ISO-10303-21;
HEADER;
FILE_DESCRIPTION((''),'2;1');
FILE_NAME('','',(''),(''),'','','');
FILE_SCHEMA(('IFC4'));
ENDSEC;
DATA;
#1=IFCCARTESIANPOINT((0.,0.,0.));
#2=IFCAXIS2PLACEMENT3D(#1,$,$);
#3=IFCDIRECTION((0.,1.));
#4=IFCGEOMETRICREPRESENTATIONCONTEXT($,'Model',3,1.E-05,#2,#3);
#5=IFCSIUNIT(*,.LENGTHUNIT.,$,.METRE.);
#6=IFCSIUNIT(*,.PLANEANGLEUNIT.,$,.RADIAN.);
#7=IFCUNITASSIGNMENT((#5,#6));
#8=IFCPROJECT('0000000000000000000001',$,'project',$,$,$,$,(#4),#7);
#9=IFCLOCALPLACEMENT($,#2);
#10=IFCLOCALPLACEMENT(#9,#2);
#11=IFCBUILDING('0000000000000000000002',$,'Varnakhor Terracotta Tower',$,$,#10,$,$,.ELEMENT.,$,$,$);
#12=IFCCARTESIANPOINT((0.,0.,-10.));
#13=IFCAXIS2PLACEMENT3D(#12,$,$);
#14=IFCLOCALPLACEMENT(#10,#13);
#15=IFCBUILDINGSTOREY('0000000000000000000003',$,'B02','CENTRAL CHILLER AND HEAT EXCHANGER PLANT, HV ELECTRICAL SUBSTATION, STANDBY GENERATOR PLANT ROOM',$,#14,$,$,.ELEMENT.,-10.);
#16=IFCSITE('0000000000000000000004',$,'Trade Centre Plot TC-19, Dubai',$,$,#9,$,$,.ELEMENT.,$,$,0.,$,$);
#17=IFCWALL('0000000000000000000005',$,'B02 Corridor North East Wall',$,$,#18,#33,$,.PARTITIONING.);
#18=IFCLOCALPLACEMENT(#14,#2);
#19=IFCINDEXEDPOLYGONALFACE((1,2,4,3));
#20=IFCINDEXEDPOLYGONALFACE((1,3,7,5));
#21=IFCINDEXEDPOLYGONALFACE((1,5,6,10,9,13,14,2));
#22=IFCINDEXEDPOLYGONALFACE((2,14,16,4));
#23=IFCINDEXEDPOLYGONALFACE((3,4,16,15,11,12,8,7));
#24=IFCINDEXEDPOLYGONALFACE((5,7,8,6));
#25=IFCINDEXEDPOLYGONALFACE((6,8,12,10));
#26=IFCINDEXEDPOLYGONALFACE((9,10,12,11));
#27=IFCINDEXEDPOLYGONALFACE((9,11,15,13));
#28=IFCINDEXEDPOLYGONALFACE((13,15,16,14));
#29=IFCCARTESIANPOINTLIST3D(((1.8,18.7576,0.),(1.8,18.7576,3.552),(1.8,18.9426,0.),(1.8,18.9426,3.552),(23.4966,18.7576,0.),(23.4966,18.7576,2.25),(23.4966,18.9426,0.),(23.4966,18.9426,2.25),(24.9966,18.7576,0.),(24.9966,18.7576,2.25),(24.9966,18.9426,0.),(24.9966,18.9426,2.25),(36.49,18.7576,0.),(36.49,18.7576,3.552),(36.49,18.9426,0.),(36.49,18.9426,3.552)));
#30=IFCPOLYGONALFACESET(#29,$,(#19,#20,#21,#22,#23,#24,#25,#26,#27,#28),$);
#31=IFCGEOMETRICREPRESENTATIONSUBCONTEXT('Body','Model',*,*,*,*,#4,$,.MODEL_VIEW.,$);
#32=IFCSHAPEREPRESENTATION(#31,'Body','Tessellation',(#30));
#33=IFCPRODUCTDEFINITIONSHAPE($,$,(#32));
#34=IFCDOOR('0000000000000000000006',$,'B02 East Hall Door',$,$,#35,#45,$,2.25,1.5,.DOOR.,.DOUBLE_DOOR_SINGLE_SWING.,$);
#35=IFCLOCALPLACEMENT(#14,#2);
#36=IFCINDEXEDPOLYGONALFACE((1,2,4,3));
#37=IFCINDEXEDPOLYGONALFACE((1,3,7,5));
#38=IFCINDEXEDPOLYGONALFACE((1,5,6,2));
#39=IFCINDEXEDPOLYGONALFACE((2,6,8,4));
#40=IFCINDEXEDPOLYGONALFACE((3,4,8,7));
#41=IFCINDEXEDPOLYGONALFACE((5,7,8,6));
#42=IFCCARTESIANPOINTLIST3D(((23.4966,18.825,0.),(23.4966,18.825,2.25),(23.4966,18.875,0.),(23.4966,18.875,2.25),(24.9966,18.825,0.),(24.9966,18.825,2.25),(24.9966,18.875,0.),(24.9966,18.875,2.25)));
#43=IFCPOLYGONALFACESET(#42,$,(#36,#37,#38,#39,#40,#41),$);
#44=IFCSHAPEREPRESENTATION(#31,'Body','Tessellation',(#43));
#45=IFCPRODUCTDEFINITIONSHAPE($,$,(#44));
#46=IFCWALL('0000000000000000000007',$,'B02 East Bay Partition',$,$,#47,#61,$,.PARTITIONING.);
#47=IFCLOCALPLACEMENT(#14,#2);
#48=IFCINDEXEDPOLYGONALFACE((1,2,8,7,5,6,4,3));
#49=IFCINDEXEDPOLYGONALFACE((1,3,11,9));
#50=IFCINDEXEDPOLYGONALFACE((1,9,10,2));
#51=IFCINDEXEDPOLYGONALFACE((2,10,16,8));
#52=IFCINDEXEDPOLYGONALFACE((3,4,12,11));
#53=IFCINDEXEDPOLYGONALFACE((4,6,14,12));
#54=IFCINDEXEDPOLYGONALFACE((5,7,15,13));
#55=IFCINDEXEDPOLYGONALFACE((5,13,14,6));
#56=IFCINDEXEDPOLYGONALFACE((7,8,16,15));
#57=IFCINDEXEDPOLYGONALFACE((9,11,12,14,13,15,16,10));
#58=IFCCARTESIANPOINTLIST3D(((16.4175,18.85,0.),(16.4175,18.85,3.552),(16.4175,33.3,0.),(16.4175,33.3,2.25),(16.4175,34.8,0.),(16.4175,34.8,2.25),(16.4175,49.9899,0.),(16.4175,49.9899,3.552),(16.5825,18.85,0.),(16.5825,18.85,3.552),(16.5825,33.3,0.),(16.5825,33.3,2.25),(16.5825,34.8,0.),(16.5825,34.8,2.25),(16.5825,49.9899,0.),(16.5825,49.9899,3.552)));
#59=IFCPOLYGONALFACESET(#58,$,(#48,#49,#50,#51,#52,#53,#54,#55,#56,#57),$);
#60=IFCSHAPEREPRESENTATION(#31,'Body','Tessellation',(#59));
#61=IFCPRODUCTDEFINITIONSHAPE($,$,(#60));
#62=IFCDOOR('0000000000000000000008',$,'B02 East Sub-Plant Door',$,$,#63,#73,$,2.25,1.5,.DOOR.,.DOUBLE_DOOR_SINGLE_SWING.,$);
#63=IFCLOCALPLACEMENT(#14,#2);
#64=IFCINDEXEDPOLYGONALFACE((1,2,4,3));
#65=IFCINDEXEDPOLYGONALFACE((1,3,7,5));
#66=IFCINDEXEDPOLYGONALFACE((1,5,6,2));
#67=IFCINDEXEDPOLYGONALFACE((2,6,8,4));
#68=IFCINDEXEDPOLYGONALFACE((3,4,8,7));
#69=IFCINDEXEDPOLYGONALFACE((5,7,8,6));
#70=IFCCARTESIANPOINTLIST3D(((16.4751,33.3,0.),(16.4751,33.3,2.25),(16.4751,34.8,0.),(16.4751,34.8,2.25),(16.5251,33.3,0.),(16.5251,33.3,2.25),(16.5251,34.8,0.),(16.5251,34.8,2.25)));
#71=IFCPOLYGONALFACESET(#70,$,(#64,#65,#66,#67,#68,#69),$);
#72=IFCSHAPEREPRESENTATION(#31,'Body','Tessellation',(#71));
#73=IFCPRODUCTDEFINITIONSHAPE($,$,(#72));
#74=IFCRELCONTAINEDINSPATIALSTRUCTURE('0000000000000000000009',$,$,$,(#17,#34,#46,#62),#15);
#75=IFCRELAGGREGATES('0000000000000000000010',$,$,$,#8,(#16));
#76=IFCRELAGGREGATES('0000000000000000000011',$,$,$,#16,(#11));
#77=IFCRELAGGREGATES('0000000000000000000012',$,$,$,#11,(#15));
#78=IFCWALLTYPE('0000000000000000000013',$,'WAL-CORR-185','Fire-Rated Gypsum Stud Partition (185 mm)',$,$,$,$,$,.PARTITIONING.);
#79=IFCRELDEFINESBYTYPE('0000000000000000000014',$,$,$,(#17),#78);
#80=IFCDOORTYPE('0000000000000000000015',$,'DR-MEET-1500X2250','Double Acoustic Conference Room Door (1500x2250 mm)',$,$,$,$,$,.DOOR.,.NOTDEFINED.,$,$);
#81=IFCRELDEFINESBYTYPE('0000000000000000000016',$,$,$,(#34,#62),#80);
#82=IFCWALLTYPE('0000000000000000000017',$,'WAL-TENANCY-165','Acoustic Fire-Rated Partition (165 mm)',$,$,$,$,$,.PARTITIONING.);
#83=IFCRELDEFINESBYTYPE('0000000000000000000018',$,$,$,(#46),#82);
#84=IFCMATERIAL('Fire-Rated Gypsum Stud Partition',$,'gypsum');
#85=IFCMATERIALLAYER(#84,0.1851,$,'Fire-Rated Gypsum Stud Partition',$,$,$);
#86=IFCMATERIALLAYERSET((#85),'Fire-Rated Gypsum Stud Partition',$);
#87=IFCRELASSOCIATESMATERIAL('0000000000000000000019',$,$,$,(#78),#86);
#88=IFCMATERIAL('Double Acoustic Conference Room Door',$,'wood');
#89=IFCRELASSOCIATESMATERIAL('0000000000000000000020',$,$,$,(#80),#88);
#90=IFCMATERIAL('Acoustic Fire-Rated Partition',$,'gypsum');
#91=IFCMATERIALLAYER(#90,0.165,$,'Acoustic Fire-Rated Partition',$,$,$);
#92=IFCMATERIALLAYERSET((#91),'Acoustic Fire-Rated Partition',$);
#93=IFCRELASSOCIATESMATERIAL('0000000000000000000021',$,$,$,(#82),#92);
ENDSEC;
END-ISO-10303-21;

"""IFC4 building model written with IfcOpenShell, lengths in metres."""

from ifc_helpers import new_model, si_unit, direction, frame, frame_2d, origin, place, context, subcontext, project, spatial, rectangle, extrude, source, transform, mapped, material, layer, layer_set, type_object, type_shapes, element, fill, save


model = new_model("IFC4")

# Units and contexts
model_context = context("Model", 3, precision=1e-05, world=origin(), true_north=direction((0.0, 1.0)))
body_context = subcontext(model_context, "Body", "Model", "MODEL_VIEW")
ifc_project = project(units=[si_unit("LENGTHUNIT", "METRE"), si_unit("PLANEANGLEUNIT", "RADIAN")], contexts=[model_context])

# Site, building, storey
site_placement = place(None, origin())
site = spatial("IfcSite", under=ifc_project, at=site_placement, Name="Trade Centre Plot TC-19, Dubai", CompositionType="ELEMENT", RefElevation=0.0)
building_placement = place(site_placement, origin())
building = spatial("IfcBuilding", under=site, at=building_placement, Name="Varnakhor Terracotta Tower", CompositionType="ELEMENT")
storey_placement = place(building_placement, frame((0.0, 0.0, -10.0)))
storey = spatial("IfcBuildingStorey", under=building, at=storey_placement, Name="B02", Description="CENTRAL CHILLER AND HEAT EXCHANGER PLANT, HV ELECTRICAL SUBSTATION, STANDBY GENERATOR PLANT ROOM", CompositionType="ELEMENT", Elevation=-10.0)

# Walls, openings, doors
ifc_material_1 = material(Name="Fire-Rated Gypsum Stud Partition", Category="gypsum")
ifc_layer_1 = layer(ifc_material_1, 0.1851, Name="Fire-Rated Gypsum Stud Partition")
ifc_layer_set_1 = layer_set([ifc_layer_1], Name="Fire-Rated Gypsum Stud Partition")
wall_type_1 = type_object("IfcWallType", Name="WAL-CORR-185", Description="Fire-Rated Gypsum Stud Partition (185 mm)", PredefinedType="PARTITIONING", material=ifc_layer_set_1)
ifc_material_2 = material(Name="Double Acoustic Conference Room Door", Category="wood")
door_type = type_object("IfcDoorType", Name="DR-MEET-1500X2250", Description="Double Acoustic Conference Room Door (1500x2250 mm)", OperationType="NOTDEFINED", PredefinedType="DOOR", material=ifc_material_2)
shared_shape_1 = source(origin(), body_context, "Body", "SweptSolid", [
    extrude(rectangle(XDim=1.5, YDim=2.25, at=frame_2d((0.75, 1.125))), frame((0.0, 0.0249, 0.0), z_axis=(0.0, -1.0, 0.0), x_axis=(1.0, 0.0, 0.0)), (0.0, 0.0, 1.0), 0.05),
])
type_shapes(door_type, [shared_shape_1])
wall_1_placement = place(storey_placement, frame((1.8, 18.8501, 0.0), z_axis=(0.0, 0.0, 1.0), x_axis=(1.0, 0.0, 0.0)))
wall_1 = element("IfcWall", 1, at=wall_1_placement, inside=storey, type_object=wall_type_1, Name="B02 Corridor North East Wall", PredefinedType="PARTITIONING", context=body_context, shape_type="SweptSolid", body=[
    extrude(rectangle(XDim=34.6899, YDim=0.1851, at=frame_2d((17.345, 0.0))), origin(), (0.0, 0.0, 1.0), 3.552),
])
opening_1_placement = place(wall_1_placement, frame((21.6965, 0.0, 0.0)))
opening_1 = element("IfcOpeningElement", 2, at=opening_1_placement, cuts=wall_1, PredefinedType="OPENING", context=body_context, shape_type="SweptSolid", body=[
    extrude(rectangle(XDim=1.5, YDim=2.25, at=frame_2d((0.75, 1.125))), frame((0.0, 0.1025, 0.0), z_axis=(0.0, -1.0, 0.0), x_axis=(1.0, 0.0, 0.0)), (0.0, 0.0, 1.0), 0.2051),
])
door_1_placement = place(opening_1_placement, origin())
door_1 = element("IfcDoor", 3, at=door_1_placement, inside=storey, type_object=door_type, Name="B02 East Hall Door", OperationType="DOUBLE_DOOR_SINGLE_SWING", OverallHeight=2.25, OverallWidth=1.5, PredefinedType="DOOR", context=body_context, shape_type="MappedRepresentation", body=[
    mapped(shared_shape_1, transform((0.0, 0.0, 0.0), scale=1.0)),
])
fill(opening_1, door_1)
ifc_material_3 = material(Name="Acoustic Fire-Rated Partition", Category="gypsum")
ifc_layer_2 = layer(ifc_material_3, 0.165, Name="Acoustic Fire-Rated Partition")
ifc_layer_set_2 = layer_set([ifc_layer_2], Name="Acoustic Fire-Rated Partition")
wall_type_2 = type_object("IfcWallType", Name="WAL-TENANCY-165", Description="Acoustic Fire-Rated Partition (165 mm)", PredefinedType="PARTITIONING", material=ifc_layer_set_2)
wall_2_placement = place(storey_placement, frame((16.5, 18.8501, 0.0), z_axis=(0.0, 0.0, 1.0), x_axis=(0.0, 1.0, 0.0)))
wall_2 = element("IfcWall", 4, at=wall_2_placement, inside=storey, type_object=wall_type_2, Name="B02 East Bay Partition", PredefinedType="PARTITIONING", context=body_context, shape_type="SweptSolid", body=[
    extrude(rectangle(XDim=31.1399, YDim=0.165, at=frame_2d((15.5698, 0.0))), origin(), (0.0, 0.0, 1.0), 3.552),
])
opening_2_placement = place(wall_2_placement, frame((14.45, 0.0, 0.0)))
opening_2 = element("IfcOpeningElement", 5, at=opening_2_placement, cuts=wall_2, PredefinedType="OPENING", context=body_context, shape_type="SweptSolid", body=[
    extrude(rectangle(XDim=1.5, YDim=2.25, at=frame_2d((0.75, 1.125))), frame((0.0, 0.0925, 0.0), z_axis=(0.0, -1.0, 0.0), x_axis=(1.0, 0.0, 0.0)), (0.0, 0.0, 1.0), 0.1851),
])
door_2_placement = place(opening_2_placement, origin())
door_2 = element("IfcDoor", 6, at=door_2_placement, inside=storey, type_object=door_type, Name="B02 East Sub-Plant Door", OperationType="DOUBLE_DOOR_SINGLE_SWING", OverallHeight=2.25, OverallWidth=1.5, PredefinedType="DOOR", context=body_context, shape_type="MappedRepresentation", body=[
    mapped(shared_shape_1, transform((0.0, 0.0, 0.0), scale=1.0)),
])
fill(opening_2, door_2)

save(model, "model.ifc")
